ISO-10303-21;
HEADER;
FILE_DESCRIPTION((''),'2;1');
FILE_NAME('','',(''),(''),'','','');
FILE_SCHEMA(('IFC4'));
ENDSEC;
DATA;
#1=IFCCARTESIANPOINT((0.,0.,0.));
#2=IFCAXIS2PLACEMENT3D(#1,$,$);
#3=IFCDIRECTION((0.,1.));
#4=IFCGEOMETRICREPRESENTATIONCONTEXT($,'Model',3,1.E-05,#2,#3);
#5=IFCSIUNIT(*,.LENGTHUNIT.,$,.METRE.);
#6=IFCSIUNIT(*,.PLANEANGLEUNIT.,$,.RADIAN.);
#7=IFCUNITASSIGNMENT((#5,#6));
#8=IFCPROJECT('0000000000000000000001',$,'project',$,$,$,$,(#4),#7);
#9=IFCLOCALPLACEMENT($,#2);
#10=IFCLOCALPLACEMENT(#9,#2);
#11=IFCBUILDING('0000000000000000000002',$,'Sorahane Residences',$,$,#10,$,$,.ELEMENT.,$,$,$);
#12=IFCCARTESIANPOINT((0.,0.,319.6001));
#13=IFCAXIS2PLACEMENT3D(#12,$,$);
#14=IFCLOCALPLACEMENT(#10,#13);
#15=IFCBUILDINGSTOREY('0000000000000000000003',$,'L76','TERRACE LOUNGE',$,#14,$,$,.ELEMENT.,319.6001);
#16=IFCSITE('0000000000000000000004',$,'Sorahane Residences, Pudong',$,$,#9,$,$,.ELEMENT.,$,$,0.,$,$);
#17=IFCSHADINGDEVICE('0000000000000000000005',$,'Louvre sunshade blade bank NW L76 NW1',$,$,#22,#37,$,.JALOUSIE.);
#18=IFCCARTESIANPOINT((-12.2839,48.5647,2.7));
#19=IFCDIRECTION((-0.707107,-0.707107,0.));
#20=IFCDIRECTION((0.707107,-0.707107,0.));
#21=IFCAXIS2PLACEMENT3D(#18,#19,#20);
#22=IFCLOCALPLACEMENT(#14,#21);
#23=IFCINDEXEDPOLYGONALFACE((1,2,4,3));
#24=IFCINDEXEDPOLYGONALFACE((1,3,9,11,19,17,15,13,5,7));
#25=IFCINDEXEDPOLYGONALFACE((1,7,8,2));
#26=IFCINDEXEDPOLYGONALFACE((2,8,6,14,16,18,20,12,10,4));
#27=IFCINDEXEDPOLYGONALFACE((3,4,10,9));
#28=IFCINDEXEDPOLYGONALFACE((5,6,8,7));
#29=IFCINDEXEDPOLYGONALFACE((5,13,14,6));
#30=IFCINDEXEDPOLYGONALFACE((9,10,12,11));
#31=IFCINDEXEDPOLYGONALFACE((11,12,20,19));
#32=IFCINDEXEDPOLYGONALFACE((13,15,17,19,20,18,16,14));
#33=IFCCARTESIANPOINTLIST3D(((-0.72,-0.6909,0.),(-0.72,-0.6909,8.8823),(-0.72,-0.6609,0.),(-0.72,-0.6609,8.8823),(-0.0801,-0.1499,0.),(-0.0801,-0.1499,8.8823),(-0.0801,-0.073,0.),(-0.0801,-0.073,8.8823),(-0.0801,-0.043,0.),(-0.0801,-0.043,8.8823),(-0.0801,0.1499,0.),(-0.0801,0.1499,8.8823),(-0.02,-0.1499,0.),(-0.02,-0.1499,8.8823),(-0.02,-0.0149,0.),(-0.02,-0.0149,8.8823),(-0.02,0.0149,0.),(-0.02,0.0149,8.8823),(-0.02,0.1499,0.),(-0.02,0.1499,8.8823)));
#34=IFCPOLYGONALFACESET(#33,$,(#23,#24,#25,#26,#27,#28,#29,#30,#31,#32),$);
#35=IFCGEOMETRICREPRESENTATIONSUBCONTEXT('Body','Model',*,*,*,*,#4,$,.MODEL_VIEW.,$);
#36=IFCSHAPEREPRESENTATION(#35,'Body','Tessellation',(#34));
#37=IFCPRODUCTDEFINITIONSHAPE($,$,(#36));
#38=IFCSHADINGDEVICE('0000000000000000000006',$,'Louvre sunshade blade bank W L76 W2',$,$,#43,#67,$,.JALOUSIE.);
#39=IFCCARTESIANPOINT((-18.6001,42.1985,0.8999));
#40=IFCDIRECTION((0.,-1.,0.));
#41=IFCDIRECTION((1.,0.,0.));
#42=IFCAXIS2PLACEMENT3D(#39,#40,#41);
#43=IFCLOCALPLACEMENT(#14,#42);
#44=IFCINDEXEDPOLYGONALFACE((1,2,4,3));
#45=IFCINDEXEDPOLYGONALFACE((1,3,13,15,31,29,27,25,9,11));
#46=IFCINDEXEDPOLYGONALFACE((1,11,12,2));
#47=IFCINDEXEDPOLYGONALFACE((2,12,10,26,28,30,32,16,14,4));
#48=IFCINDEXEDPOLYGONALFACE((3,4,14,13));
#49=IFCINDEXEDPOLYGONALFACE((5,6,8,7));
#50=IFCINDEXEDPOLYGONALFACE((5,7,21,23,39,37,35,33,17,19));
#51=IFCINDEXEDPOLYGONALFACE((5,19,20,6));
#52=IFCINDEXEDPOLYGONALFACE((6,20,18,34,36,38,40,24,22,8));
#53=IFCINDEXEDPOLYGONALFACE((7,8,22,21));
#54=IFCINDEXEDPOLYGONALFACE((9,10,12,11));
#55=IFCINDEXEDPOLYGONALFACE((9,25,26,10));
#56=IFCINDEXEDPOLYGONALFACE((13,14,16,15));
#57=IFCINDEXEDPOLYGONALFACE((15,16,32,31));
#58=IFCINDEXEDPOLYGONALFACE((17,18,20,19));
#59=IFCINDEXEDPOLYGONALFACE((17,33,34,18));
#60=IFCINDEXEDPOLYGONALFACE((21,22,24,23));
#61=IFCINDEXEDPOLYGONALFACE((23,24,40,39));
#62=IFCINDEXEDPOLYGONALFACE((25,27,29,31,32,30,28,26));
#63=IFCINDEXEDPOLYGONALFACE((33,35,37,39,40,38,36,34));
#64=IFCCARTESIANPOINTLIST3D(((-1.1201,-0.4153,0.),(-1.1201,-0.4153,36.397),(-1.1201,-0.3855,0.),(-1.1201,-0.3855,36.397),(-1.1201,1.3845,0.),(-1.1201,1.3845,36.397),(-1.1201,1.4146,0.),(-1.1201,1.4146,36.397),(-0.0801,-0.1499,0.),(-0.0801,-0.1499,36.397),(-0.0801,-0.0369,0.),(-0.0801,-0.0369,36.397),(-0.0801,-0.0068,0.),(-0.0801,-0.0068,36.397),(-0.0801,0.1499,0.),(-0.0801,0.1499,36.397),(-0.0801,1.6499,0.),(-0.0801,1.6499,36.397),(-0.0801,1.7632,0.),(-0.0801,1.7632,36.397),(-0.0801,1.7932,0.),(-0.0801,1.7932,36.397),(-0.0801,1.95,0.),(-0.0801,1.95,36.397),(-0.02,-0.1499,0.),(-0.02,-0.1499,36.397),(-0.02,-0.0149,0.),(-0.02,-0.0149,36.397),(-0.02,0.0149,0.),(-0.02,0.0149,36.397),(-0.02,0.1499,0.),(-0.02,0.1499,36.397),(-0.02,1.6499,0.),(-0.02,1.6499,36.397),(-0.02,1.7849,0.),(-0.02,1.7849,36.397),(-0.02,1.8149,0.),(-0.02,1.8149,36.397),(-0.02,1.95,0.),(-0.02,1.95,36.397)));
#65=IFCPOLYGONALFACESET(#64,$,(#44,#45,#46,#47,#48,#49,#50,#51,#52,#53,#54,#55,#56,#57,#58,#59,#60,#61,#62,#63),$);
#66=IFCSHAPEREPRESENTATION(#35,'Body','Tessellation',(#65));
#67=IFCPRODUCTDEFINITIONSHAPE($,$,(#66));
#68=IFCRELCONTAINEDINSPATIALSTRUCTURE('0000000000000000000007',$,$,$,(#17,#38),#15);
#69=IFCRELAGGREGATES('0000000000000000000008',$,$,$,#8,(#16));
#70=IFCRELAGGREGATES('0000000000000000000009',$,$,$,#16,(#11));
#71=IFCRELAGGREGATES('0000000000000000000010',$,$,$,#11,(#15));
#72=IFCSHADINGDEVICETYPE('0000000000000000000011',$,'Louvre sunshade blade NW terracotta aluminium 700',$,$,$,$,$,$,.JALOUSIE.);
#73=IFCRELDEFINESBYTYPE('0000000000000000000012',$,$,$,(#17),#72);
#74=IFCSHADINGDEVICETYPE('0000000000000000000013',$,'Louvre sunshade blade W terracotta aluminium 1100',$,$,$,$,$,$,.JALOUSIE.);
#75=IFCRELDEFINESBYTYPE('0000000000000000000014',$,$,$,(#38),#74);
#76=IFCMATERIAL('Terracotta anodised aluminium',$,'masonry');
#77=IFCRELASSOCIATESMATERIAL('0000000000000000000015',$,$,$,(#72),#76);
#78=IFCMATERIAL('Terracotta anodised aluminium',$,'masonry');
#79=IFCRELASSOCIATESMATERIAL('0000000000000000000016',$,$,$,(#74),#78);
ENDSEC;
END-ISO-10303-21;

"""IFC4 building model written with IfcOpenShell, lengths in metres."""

from ifc_helpers import new_model, si_unit, direction, frame, origin, place, context, subcontext, project, spatial, polyline, outline, composite_profile, extrude, material, type_object, element, save


model = new_model("IFC4")

# Units and contexts
model_context = context("Model", 3, precision=1e-05, world=origin(), true_north=direction((0.0, 1.0)))
body_context = subcontext(model_context, "Body", "Model", "MODEL_VIEW")
ifc_project = project(units=[si_unit("LENGTHUNIT", "METRE"), si_unit("PLANEANGLEUNIT", "RADIAN")], contexts=[model_context])

# Site, building, storey
site_placement = place(None, origin())
site = spatial("IfcSite", under=ifc_project, at=site_placement, Name="Sorahane Residences, Pudong", CompositionType="ELEMENT", RefElevation=0.0)
building_placement = place(site_placement, origin())
building = spatial("IfcBuilding", under=site, at=building_placement, Name="Sorahane Residences", CompositionType="ELEMENT")
storey_placement = place(building_placement, frame((0.0, 0.0, 319.6001)))
storey = spatial("IfcBuildingStorey", under=building, at=storey_placement, Name="L76", Description="TERRACE LOUNGE", CompositionType="ELEMENT", Elevation=319.6001)

# Shading devices
ifc_material_1 = material(Name="Terracotta anodised aluminium", Category="masonry")
shading_device_type_1 = type_object("IfcShadingDeviceType", Name="Louvre sunshade blade NW terracotta aluminium 700", PredefinedType="JALOUSIE", material=ifc_material_1)
shading_device_1_placement = place(storey_placement, frame((-12.2839, 48.5647, 2.7), z_axis=(-0.707107, -0.707107, 0.0), x_axis=(0.707107, -0.707107, 0.0)))
element("IfcShadingDevice", 1, at=shading_device_1_placement, inside=storey, type_object=shading_device_type_1, Name="Louvre sunshade blade bank NW L76 NW1", PredefinedType="JALOUSIE", context=body_context, shape_type="SweptSolid", body=[
    extrude(outline(polyline([(-0.72, -0.6609), (-0.72, -0.6909), (-0.0801, -0.073), (-0.0801, -0.1499), (-0.02, -0.1499), (-0.02, -0.0149), (-0.02, 0.0149), (-0.02, 0.1499), (-0.0801, 0.1499), (-0.0801, -0.043), (-0.72, -0.6609)])), origin(), (0.0, 0.0, 1.0), 8.8823),
])
ifc_material_2 = material(Name="Terracotta anodised aluminium", Category="masonry")
shading_device_type_2 = type_object("IfcShadingDeviceType", Name="Louvre sunshade blade W terracotta aluminium 1100", PredefinedType="JALOUSIE", material=ifc_material_2)
shading_device_2_placement = place(storey_placement, frame((-18.6001, 42.1985, 0.8999), z_axis=(0.0, -1.0, 0.0), x_axis=(1.0, 0.0, 0.0)))
element("IfcShadingDevice", 2, at=shading_device_2_placement, inside=storey, type_object=shading_device_type_2, Name="Louvre sunshade blade bank W L76 W2", PredefinedType="JALOUSIE", context=body_context, shape_type="SweptSolid", body=[
    extrude(composite_profile([outline(polyline([(-1.1201, -0.3855), (-1.1201, -0.4153), (-0.0801, -0.0369), (-0.0801, -0.1499), (-0.02, -0.1499), (-0.02, -0.0149), (-0.02, 0.0149), (-0.02, 0.1499), (-0.0801, 0.1499), (-0.0801, -0.0068), (-1.1201, -0.3855)])), outline(polyline([(-1.1201, 1.4146), (-1.1201, 1.3845), (-0.0801, 1.7632), (-0.0801, 1.6499), (-0.02, 1.6499), (-0.02, 1.7849), (-0.02, 1.8149), (-0.02, 1.95), (-0.0801, 1.95), (-0.0801, 1.7932), (-1.1201, 1.4146)]))]), origin(), (0.0, 0.0, 1.0), 36.397),
])

save(model, "model.ifc")
